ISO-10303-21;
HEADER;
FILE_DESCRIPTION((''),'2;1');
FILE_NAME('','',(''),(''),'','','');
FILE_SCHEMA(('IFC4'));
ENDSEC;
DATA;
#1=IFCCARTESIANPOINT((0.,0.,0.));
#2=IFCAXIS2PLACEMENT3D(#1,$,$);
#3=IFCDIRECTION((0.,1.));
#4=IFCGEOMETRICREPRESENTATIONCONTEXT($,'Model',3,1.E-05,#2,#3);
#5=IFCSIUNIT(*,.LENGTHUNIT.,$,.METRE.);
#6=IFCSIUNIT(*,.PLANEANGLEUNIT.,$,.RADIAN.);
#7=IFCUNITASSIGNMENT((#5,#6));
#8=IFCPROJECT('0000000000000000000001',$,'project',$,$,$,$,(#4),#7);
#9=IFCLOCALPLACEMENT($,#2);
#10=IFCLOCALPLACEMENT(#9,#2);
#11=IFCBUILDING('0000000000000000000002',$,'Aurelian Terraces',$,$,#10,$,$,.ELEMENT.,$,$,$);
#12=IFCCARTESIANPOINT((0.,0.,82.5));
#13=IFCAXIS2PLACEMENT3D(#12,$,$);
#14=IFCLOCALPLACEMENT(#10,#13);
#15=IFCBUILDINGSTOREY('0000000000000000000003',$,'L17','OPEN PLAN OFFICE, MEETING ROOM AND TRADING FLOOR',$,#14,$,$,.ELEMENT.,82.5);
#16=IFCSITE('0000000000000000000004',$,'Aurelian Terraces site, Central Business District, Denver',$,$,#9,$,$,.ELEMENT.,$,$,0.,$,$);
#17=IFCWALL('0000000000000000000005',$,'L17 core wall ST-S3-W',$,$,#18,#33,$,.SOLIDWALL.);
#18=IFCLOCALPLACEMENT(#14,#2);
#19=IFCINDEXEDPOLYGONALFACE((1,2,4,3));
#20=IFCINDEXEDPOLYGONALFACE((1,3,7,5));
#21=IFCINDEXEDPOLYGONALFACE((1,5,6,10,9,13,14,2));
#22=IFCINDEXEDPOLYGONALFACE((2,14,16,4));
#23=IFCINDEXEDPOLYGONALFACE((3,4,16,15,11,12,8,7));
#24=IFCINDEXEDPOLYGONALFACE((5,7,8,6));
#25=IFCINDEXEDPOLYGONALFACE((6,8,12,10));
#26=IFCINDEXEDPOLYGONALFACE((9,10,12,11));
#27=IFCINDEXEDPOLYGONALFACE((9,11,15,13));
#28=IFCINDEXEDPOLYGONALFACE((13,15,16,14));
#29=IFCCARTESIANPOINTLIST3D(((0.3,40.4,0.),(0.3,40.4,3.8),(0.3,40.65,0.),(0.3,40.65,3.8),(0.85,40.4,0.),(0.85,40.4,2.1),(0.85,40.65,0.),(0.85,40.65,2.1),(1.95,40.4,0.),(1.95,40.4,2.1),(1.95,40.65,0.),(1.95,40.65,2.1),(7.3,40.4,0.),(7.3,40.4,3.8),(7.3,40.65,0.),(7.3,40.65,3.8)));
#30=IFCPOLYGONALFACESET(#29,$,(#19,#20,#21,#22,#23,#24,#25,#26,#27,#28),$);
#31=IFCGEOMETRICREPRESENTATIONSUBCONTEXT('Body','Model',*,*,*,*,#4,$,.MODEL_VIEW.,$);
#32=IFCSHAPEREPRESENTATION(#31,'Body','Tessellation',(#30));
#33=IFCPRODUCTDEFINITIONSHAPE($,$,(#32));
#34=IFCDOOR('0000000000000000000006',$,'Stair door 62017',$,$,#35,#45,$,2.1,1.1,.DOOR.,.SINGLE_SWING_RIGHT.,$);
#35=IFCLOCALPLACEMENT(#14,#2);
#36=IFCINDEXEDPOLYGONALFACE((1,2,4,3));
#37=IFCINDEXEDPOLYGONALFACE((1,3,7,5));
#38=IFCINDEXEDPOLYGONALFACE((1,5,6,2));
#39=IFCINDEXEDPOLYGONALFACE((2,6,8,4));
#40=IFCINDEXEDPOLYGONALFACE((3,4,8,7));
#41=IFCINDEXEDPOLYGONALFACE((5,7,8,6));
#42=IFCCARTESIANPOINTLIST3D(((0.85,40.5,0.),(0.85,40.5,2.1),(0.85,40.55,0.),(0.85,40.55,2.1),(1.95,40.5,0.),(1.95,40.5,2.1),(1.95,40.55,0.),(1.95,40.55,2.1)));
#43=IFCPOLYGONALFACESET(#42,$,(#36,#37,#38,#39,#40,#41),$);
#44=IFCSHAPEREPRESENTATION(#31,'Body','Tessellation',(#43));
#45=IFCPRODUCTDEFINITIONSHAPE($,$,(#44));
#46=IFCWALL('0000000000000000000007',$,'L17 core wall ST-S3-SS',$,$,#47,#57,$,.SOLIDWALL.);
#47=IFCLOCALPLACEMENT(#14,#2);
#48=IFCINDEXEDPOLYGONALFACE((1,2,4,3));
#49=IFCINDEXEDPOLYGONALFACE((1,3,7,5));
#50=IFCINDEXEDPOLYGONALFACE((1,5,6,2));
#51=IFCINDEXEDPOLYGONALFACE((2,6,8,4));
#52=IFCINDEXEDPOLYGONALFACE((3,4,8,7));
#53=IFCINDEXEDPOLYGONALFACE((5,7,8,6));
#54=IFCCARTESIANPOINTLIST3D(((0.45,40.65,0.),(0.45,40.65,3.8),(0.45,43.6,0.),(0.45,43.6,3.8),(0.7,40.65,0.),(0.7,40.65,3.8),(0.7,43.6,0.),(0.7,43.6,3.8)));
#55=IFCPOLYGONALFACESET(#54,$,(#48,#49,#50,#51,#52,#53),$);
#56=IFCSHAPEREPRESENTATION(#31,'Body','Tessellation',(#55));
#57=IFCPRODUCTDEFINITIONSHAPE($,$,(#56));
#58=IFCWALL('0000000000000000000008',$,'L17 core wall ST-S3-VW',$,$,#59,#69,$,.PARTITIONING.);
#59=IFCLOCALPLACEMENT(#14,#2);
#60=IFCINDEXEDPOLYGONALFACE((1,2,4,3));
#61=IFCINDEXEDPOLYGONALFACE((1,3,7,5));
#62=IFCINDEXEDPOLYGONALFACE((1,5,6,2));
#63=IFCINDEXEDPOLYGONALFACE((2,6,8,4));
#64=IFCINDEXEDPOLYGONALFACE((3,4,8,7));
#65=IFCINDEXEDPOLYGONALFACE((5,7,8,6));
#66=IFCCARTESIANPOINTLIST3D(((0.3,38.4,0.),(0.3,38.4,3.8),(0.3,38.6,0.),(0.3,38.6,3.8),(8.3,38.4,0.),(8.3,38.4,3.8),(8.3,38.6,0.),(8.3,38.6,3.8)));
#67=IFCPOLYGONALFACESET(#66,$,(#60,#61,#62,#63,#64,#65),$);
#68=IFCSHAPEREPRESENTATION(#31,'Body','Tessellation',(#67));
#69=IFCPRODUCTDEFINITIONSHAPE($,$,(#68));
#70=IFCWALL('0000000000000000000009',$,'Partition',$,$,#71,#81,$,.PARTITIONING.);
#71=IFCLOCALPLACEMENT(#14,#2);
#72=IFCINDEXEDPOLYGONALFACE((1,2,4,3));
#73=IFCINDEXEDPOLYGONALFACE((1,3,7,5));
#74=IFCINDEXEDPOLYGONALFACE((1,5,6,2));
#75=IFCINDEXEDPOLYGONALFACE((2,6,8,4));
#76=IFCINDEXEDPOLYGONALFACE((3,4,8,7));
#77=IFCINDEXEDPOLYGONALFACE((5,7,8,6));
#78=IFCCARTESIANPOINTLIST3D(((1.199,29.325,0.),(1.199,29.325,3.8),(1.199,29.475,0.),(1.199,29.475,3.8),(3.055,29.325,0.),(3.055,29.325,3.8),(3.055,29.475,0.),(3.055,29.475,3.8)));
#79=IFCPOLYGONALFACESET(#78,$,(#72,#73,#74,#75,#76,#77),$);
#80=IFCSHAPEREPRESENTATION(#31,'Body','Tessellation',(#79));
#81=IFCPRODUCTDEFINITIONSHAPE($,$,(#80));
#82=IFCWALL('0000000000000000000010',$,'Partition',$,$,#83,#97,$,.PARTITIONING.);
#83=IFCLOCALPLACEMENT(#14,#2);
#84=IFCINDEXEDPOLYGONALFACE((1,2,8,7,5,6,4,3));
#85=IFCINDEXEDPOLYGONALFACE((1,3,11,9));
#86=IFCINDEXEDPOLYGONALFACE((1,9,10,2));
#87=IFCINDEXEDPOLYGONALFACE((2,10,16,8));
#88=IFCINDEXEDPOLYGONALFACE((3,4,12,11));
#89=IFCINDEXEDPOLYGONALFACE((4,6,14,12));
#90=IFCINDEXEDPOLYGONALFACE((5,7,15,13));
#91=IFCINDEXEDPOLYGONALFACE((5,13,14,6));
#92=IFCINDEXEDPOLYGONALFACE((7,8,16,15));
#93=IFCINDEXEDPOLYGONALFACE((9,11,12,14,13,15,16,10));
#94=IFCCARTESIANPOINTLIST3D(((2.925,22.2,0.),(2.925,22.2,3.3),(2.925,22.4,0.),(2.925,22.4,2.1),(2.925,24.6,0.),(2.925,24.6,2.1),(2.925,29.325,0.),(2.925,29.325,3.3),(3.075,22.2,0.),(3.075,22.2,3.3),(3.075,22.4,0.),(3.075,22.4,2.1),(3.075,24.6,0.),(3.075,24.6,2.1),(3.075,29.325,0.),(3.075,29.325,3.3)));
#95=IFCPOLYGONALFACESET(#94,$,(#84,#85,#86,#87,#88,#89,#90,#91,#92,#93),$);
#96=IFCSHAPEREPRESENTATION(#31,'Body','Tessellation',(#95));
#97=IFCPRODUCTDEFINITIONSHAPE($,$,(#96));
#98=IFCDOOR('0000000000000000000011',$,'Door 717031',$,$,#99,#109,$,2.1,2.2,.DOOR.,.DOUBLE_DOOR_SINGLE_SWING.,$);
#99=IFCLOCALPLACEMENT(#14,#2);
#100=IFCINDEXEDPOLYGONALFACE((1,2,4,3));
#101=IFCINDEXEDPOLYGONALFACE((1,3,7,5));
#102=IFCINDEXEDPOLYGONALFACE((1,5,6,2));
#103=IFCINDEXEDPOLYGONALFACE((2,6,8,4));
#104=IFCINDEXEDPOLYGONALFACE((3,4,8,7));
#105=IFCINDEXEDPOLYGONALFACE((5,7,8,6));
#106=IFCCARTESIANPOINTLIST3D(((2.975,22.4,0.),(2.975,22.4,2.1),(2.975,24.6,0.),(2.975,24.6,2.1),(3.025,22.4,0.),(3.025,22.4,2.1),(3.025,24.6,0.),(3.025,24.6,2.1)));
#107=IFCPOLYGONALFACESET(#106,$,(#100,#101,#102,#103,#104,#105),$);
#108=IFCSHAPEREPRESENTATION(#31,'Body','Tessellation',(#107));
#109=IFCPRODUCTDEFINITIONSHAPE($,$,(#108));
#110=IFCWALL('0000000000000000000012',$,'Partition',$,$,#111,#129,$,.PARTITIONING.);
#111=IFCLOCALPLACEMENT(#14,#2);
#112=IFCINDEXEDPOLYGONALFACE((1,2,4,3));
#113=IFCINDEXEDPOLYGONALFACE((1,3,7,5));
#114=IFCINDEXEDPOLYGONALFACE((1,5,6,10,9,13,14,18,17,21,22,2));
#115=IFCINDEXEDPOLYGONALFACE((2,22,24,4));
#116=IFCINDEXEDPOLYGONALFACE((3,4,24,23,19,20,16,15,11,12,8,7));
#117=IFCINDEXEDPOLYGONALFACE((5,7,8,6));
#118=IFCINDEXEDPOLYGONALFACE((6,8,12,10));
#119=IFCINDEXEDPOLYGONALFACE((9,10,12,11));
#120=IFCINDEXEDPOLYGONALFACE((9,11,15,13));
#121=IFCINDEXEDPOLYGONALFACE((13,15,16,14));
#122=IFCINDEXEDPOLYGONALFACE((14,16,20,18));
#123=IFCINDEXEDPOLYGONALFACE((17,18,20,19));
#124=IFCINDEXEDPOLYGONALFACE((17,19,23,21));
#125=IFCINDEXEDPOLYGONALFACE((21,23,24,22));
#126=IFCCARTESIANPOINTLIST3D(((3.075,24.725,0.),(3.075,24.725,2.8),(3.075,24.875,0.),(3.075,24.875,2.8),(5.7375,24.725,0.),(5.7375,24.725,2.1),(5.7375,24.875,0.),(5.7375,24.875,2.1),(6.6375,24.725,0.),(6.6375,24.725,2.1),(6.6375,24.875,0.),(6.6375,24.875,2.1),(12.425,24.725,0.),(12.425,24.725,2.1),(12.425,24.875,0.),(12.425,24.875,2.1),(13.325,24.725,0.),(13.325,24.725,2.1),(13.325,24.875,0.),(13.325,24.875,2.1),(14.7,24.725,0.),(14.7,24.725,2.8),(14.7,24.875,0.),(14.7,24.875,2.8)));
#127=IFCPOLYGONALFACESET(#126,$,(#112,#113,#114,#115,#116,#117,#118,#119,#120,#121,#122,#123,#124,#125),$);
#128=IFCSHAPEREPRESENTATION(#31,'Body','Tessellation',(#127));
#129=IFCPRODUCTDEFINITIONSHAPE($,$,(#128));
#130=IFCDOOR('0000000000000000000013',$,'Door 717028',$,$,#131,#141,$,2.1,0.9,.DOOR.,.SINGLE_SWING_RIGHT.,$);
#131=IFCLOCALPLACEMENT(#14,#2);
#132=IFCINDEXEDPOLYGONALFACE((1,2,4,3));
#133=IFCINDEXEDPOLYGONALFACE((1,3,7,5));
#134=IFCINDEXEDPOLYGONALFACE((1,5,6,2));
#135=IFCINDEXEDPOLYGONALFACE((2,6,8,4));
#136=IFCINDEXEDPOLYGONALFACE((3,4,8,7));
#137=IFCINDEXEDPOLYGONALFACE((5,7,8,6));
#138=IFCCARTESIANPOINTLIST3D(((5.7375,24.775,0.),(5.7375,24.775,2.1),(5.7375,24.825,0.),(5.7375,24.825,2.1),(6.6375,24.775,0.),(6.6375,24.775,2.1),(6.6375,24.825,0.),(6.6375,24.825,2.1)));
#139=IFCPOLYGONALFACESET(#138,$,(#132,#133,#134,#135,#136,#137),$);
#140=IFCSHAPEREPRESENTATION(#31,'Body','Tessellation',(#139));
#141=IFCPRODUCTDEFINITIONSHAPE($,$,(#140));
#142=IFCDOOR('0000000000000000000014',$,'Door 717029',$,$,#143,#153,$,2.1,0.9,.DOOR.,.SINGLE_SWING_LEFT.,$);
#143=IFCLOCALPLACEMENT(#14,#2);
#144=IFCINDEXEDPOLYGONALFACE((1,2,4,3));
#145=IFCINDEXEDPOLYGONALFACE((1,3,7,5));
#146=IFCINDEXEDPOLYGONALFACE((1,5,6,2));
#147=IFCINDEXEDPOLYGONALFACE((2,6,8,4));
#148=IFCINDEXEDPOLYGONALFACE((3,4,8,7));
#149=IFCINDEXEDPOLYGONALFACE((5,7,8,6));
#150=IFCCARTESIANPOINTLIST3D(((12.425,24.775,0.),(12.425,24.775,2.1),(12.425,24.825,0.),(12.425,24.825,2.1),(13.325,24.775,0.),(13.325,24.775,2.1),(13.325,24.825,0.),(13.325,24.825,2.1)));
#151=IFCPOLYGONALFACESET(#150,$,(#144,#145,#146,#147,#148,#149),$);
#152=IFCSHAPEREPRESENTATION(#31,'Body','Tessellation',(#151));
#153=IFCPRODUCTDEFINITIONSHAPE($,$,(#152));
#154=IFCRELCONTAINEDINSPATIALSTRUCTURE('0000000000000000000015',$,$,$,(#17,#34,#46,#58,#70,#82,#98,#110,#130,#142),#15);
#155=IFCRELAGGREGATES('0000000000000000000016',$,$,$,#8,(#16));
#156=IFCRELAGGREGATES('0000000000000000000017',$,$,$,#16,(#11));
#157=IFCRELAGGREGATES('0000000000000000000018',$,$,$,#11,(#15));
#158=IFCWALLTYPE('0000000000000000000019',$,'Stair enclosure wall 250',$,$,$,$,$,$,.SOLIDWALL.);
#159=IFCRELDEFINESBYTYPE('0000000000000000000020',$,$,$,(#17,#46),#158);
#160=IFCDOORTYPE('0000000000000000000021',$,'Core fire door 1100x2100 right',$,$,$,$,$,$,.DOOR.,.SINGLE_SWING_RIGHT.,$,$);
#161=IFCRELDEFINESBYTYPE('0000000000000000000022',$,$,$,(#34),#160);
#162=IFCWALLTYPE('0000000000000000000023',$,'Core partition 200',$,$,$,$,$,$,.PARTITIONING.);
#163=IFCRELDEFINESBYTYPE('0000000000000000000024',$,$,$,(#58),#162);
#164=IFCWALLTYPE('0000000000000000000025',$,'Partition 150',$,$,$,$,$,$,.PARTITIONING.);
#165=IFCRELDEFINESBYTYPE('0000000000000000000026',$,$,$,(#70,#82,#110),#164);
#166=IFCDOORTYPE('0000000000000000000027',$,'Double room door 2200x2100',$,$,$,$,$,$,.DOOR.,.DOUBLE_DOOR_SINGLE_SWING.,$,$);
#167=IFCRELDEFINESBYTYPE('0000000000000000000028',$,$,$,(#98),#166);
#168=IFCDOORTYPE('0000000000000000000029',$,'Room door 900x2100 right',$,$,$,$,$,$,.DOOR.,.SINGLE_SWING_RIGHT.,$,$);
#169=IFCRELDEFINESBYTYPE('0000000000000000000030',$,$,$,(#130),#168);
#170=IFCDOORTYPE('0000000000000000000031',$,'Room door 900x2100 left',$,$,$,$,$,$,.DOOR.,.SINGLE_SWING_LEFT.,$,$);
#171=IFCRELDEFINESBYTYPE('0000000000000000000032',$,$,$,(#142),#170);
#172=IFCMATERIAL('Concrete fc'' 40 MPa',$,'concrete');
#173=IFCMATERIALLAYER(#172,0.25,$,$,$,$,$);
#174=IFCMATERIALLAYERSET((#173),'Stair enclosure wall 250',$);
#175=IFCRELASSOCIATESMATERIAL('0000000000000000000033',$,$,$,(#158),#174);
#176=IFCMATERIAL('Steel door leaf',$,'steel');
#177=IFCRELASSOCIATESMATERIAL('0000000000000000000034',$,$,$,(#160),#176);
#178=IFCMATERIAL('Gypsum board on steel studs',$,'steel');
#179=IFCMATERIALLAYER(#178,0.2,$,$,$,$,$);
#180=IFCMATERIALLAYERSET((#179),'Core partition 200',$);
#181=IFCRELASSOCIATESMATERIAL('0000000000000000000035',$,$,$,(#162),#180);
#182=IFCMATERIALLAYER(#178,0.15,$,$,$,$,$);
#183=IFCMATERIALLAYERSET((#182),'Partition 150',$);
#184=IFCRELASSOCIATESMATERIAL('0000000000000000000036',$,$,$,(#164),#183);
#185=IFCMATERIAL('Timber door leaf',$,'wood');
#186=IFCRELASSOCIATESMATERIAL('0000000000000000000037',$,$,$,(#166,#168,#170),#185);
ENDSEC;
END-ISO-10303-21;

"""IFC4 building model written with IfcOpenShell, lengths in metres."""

from ifc_helpers import new_model, si_unit, direction, frame, frame_2d, origin, place, context, subcontext, project, spatial, rectangle, extrude, source, transform, mapped, material, layer, layer_set, type_object, element, fill, save


model = new_model("IFC4")

# Units and contexts
model_context = context("Model", 3, precision=1e-05, world=origin(), true_north=direction((0.0, 1.0)))
body_context = subcontext(model_context, "Body", "Model", "MODEL_VIEW")
ifc_project = project(units=[si_unit("LENGTHUNIT", "METRE"), si_unit("PLANEANGLEUNIT", "RADIAN")], contexts=[model_context])

# Site, building, storey
site_placement = place(None, origin())
site = spatial("IfcSite", under=ifc_project, at=site_placement, Name="Aurelian Terraces site, Central Business District, Denver", CompositionType="ELEMENT", RefElevation=0.0)
building_placement = place(site_placement, origin())
building = spatial("IfcBuilding", under=site, at=building_placement, Name="Aurelian Terraces", CompositionType="ELEMENT")
storey_placement = place(building_placement, frame((0.0, 0.0, 82.5)))
storey = spatial("IfcBuildingStorey", under=building, at=storey_placement, Name="L17", Description="OPEN PLAN OFFICE, MEETING ROOM AND TRADING FLOOR", CompositionType="ELEMENT", Elevation=82.5)

# Shared definitions
ifc_material_1 = material(Name="Concrete fc' 40 MPa", Category="concrete")

# Wall, opening, door
ifc_layer_1 = layer(ifc_material_1, 0.25)
ifc_layer_set_1 = layer_set([ifc_layer_1], Name="Stair enclosure wall 250")
wall_type_1 = type_object("IfcWallType", Name="Stair enclosure wall 250", PredefinedType="SOLIDWALL", material=ifc_layer_set_1)
shared_shape_1 = source(origin(), body_context, "Body", "SweptSolid", [
    extrude(rectangle(XDim=7.0, YDim=0.25, at=frame_2d((3.5, 0.0))), origin(), (0.0, 0.0, 1.0), 3.8),
])
wall_1_placement = place(storey_placement, frame((0.3, 40.525, 0.0), z_axis=(0.0, 0.0, 1.0), x_axis=(1.0, 0.0, 0.0)))
wall_1 = element("IfcWall", 1, at=wall_1_placement, inside=storey, type_object=wall_type_1, Name="L17 core wall ST-S3-W", PredefinedType="SOLIDWALL", context=body_context, shape_type="MappedRepresentation", body=[
    mapped(shared_shape_1, transform((0.0, 0.0, 0.0), scale=1.0)),
])
shared_shape_2 = source(origin(), body_context, "Body", "SweptSolid", [
    extrude(rectangle(XDim=1.1, YDim=2.1, at=frame_2d((0.55, 1.05))), frame((0.0, 0.135, 0.0), z_axis=(0.0, -1.0, 0.0), x_axis=(1.0, 0.0, 0.0)), (0.0, 0.0, 1.0), 0.27),
])
opening_1_placement = place(wall_1_placement, frame((0.55, 0.0, 0.0)))
opening_1 = element("IfcOpeningElement", 2, at=opening_1_placement, cuts=wall_1, PredefinedType="OPENING", context=body_context, shape_type="MappedRepresentation", body=[
    mapped(shared_shape_2, transform((0.0, 0.0, 0.0), scale=1.0)),
])
ifc_material_2 = material(Name="Steel door leaf", Category="steel")
door_type_1 = type_object("IfcDoorType", Name="Core fire door 1100x2100 right", OperationType="SINGLE_SWING_RIGHT", PredefinedType="DOOR", material=ifc_material_2)
shared_shape_3 = source(origin(), body_context, "Body", "SweptSolid", [
    extrude(rectangle(XDim=1.1, YDim=2.1, at=frame_2d((0.55, 1.05))), frame((0.0, 0.025, 0.0), z_axis=(0.0, -1.0, 0.0), x_axis=(1.0, 0.0, 0.0)), (0.0, 0.0, 1.0), 0.05),
])
door_1_placement = place(opening_1_placement, origin())
door_1 = element("IfcDoor", 3, at=door_1_placement, inside=storey, type_object=door_type_1, Name="Stair door 62017", OperationType="SINGLE_SWING_RIGHT", OverallHeight=2.1, OverallWidth=1.1, PredefinedType="DOOR", context=body_context, shape_type="MappedRepresentation", body=[
    mapped(shared_shape_3, transform((0.0, 0.0, 0.0), scale=1.0)),
])
fill(opening_1, door_1)

# Walls
shared_shape_4 = source(origin(), body_context, "Body", "SweptSolid", [
    extrude(rectangle(XDim=2.95, YDim=0.25, at=frame_2d((1.475, 0.0))), origin(), (0.0, 0.0, 1.0), 3.8),
])
wall_2_placement = place(storey_placement, frame((0.575, 40.65, 0.0), z_axis=(0.0, 0.0, 1.0), x_axis=(0.0, 1.0, 0.0)))
element("IfcWall", 4, at=wall_2_placement, inside=storey, type_object=wall_type_1, Name="L17 core wall ST-S3-SS", PredefinedType="SOLIDWALL", context=body_context, shape_type="MappedRepresentation", body=[
    mapped(shared_shape_4, transform((0.0, 0.0, 0.0), scale=1.0)),
])
ifc_material_3 = material(Name="Gypsum board on steel studs", Category="steel")
ifc_layer_2 = layer(ifc_material_3, 0.2)
ifc_layer_set_2 = layer_set([ifc_layer_2], Name="Core partition 200")
wall_type_2 = type_object("IfcWallType", Name="Core partition 200", PredefinedType="PARTITIONING", material=ifc_layer_set_2)
shared_shape_5 = source(origin(), body_context, "Body", "SweptSolid", [
    extrude(rectangle(XDim=8.0, YDim=0.2, at=frame_2d((4.0, 0.0))), origin(), (0.0, 0.0, 1.0), 3.8),
])
wall_3_placement = place(storey_placement, frame((0.3, 38.5, 0.0), z_axis=(0.0, 0.0, 1.0), x_axis=(1.0, 0.0, 0.0)))
element("IfcWall", 5, at=wall_3_placement, inside=storey, type_object=wall_type_2, Name="L17 core wall ST-S3-VW", PredefinedType="PARTITIONING", context=body_context, shape_type="MappedRepresentation", body=[
    mapped(shared_shape_5, transform((0.0, 0.0, 0.0), scale=1.0)),
])
ifc_layer_3 = layer(ifc_material_3, 0.15)
ifc_layer_set_3 = layer_set([ifc_layer_3], Name="Partition 150")
wall_type_3 = type_object("IfcWallType", Name="Partition 150", PredefinedType="PARTITIONING", material=ifc_layer_set_3)
shared_shape_6 = source(origin(), body_context, "Body", "SweptSolid", [
    extrude(rectangle(XDim=1.856, YDim=0.15, at=frame_2d((0.928, 0.0))), origin(), (0.0, 0.0, 1.0), 3.8),
])
wall_4_placement = place(storey_placement, frame((3.055, 29.4, 0.0), z_axis=(0.0, 0.0, 1.0), x_axis=(-1.0, 0.0, 0.0)))
element("IfcWall", 6, at=wall_4_placement, inside=storey, type_object=wall_type_3, Name="Partition", PredefinedType="PARTITIONING", context=body_context, shape_type="MappedRepresentation", body=[
    mapped(shared_shape_6, transform((0.0, 0.0, 0.0), scale=1.0)),
])

# Wall, opening, door
shared_shape_7 = source(origin(), body_context, "Body", "SweptSolid", [
    extrude(rectangle(XDim=7.125, YDim=0.15, at=frame_2d((3.5625, 0.0))), origin(), (0.0, 0.0, 1.0), 3.3),
])
wall_5_placement = place(storey_placement, frame((3.0, 29.325, 0.0), z_axis=(0.0, 0.0, 1.0), x_axis=(0.0, -1.0, 0.0)))
wall_5 = element("IfcWall", 7, at=wall_5_placement, inside=storey, type_object=wall_type_3, Name="Partition", PredefinedType="PARTITIONING", context=body_context, shape_type="MappedRepresentation", body=[
    mapped(shared_shape_7, transform((0.0, 0.0, 0.0), scale=1.0)),
])
shared_shape_8 = source(origin(), body_context, "Body", "SweptSolid", [
    extrude(rectangle(XDim=2.2, YDim=2.1, at=frame_2d((1.1, 1.05))), frame((0.0, 0.085, 0.0), z_axis=(0.0, -1.0, 0.0), x_axis=(1.0, 0.0, 0.0)), (0.0, 0.0, 1.0), 0.17),
])
opening_2_placement = place(wall_5_placement, frame((4.725, 0.0, 0.0)))
opening_2 = element("IfcOpeningElement", 8, at=opening_2_placement, cuts=wall_5, PredefinedType="OPENING", context=body_context, shape_type="MappedRepresentation", body=[
    mapped(shared_shape_8, transform((0.0, 0.0, 0.0), scale=1.0)),
])
ifc_material_4 = material(Name="Timber door leaf", Category="wood")
door_type_2 = type_object("IfcDoorType", Name="Double room door 2200x2100", OperationType="DOUBLE_DOOR_SINGLE_SWING", PredefinedType="DOOR", material=ifc_material_4)
shared_shape_9 = source(origin(), body_context, "Body", "SweptSolid", [
    extrude(rectangle(XDim=2.2, YDim=2.1, at=frame_2d((1.1, 1.05))), frame((0.0, 0.025, 0.0), z_axis=(0.0, -1.0, 0.0), x_axis=(1.0, 0.0, 0.0)), (0.0, 0.0, 1.0), 0.05),
])
door_2_placement = place(opening_2_placement, origin())
door_2 = element("IfcDoor", 9, at=door_2_placement, inside=storey, type_object=door_type_2, Name="Door 717031", OperationType="DOUBLE_DOOR_SINGLE_SWING", OverallHeight=2.1, OverallWidth=2.2, PredefinedType="DOOR", context=body_context, shape_type="MappedRepresentation", body=[
    mapped(shared_shape_9, transform((0.0, 0.0, 0.0), scale=1.0)),
])
fill(opening_2, door_2)

# Wall, openings, doors
shared_shape_10 = source(origin(), body_context, "Body", "SweptSolid", [
    extrude(rectangle(XDim=11.625, YDim=0.15, at=frame_2d((5.8125, 0.0))), origin(), (0.0, 0.0, 1.0), 2.8),
])
wall_6_placement = place(storey_placement, frame((3.075, 24.8, 0.0), z_axis=(0.0, 0.0, 1.0), x_axis=(1.0, 0.0, 0.0)))
wall_6 = element("IfcWall", 10, at=wall_6_placement, inside=storey, type_object=wall_type_3, Name="Partition", PredefinedType="PARTITIONING", context=body_context, shape_type="MappedRepresentation", body=[
    mapped(shared_shape_10, transform((0.0, 0.0, 0.0), scale=1.0)),
])
shared_shape_11 = source(origin(), body_context, "Body", "SweptSolid", [
    extrude(rectangle(XDim=0.9, YDim=2.1, at=frame_2d((0.45, 1.05))), frame((0.0, 0.085, 0.0), z_axis=(0.0, -1.0, 0.0), x_axis=(1.0, 0.0, 0.0)), (0.0, 0.0, 1.0), 0.17),
])
opening_3_placement = place(wall_6_placement, frame((2.6625, 0.0, 0.0)))
opening_3 = element("IfcOpeningElement", 11, at=opening_3_placement, cuts=wall_6, PredefinedType="OPENING", context=body_context, shape_type="MappedRepresentation", body=[
    mapped(shared_shape_11, transform((0.0, 0.0, 0.0), scale=1.0)),
])
opening_4_placement = place(wall_6_placement, frame((9.35, 0.0, 0.0)))
opening_4 = element("IfcOpeningElement", 12, at=opening_4_placement, cuts=wall_6, PredefinedType="OPENING", context=body_context, shape_type="MappedRepresentation", body=[
    mapped(shared_shape_11, transform((0.0, 0.0, 0.0), scale=1.0)),
])
door_type_3 = type_object("IfcDoorType", Name="Room door 900x2100 right", OperationType="SINGLE_SWING_RIGHT", PredefinedType="DOOR", material=ifc_material_4)
shared_shape_12 = source(origin(), body_context, "Body", "SweptSolid", [
    extrude(rectangle(XDim=0.9, YDim=2.1, at=frame_2d((0.45, 1.05))), frame((0.0, 0.025, 0.0), z_axis=(0.0, -1.0, 0.0), x_axis=(1.0, 0.0, 0.0)), (0.0, 0.0, 1.0), 0.05),
])
door_3_placement = place(opening_3_placement, origin())
door_3 = element("IfcDoor", 13, at=door_3_placement, inside=storey, type_object=door_type_3, Name="Door 717028", OperationType="SINGLE_SWING_RIGHT", OverallHeight=2.1, OverallWidth=0.9, PredefinedType="DOOR", context=body_context, shape_type="MappedRepresentation", body=[
    mapped(shared_shape_12, transform((0.0, 0.0, 0.0), scale=1.0)),
])
fill(opening_3, door_3)
door_type_4 = type_object("IfcDoorType", Name="Room door 900x2100 left", OperationType="SINGLE_SWING_LEFT", PredefinedType="DOOR", material=ifc_material_4)
door_4_placement = place(opening_4_placement, origin())
door_4 = element("IfcDoor", 14, at=door_4_placement, inside=storey, type_object=door_type_4, Name="Door 717029", OperationType="SINGLE_SWING_LEFT", OverallHeight=2.1, OverallWidth=0.9, PredefinedType="DOOR", context=body_context, shape_type="MappedRepresentation", body=[
    mapped(shared_shape_12, transform((0.0, 0.0, 0.0), scale=1.0)),
])
fill(opening_4, door_4)

save(model, "model.ifc")
